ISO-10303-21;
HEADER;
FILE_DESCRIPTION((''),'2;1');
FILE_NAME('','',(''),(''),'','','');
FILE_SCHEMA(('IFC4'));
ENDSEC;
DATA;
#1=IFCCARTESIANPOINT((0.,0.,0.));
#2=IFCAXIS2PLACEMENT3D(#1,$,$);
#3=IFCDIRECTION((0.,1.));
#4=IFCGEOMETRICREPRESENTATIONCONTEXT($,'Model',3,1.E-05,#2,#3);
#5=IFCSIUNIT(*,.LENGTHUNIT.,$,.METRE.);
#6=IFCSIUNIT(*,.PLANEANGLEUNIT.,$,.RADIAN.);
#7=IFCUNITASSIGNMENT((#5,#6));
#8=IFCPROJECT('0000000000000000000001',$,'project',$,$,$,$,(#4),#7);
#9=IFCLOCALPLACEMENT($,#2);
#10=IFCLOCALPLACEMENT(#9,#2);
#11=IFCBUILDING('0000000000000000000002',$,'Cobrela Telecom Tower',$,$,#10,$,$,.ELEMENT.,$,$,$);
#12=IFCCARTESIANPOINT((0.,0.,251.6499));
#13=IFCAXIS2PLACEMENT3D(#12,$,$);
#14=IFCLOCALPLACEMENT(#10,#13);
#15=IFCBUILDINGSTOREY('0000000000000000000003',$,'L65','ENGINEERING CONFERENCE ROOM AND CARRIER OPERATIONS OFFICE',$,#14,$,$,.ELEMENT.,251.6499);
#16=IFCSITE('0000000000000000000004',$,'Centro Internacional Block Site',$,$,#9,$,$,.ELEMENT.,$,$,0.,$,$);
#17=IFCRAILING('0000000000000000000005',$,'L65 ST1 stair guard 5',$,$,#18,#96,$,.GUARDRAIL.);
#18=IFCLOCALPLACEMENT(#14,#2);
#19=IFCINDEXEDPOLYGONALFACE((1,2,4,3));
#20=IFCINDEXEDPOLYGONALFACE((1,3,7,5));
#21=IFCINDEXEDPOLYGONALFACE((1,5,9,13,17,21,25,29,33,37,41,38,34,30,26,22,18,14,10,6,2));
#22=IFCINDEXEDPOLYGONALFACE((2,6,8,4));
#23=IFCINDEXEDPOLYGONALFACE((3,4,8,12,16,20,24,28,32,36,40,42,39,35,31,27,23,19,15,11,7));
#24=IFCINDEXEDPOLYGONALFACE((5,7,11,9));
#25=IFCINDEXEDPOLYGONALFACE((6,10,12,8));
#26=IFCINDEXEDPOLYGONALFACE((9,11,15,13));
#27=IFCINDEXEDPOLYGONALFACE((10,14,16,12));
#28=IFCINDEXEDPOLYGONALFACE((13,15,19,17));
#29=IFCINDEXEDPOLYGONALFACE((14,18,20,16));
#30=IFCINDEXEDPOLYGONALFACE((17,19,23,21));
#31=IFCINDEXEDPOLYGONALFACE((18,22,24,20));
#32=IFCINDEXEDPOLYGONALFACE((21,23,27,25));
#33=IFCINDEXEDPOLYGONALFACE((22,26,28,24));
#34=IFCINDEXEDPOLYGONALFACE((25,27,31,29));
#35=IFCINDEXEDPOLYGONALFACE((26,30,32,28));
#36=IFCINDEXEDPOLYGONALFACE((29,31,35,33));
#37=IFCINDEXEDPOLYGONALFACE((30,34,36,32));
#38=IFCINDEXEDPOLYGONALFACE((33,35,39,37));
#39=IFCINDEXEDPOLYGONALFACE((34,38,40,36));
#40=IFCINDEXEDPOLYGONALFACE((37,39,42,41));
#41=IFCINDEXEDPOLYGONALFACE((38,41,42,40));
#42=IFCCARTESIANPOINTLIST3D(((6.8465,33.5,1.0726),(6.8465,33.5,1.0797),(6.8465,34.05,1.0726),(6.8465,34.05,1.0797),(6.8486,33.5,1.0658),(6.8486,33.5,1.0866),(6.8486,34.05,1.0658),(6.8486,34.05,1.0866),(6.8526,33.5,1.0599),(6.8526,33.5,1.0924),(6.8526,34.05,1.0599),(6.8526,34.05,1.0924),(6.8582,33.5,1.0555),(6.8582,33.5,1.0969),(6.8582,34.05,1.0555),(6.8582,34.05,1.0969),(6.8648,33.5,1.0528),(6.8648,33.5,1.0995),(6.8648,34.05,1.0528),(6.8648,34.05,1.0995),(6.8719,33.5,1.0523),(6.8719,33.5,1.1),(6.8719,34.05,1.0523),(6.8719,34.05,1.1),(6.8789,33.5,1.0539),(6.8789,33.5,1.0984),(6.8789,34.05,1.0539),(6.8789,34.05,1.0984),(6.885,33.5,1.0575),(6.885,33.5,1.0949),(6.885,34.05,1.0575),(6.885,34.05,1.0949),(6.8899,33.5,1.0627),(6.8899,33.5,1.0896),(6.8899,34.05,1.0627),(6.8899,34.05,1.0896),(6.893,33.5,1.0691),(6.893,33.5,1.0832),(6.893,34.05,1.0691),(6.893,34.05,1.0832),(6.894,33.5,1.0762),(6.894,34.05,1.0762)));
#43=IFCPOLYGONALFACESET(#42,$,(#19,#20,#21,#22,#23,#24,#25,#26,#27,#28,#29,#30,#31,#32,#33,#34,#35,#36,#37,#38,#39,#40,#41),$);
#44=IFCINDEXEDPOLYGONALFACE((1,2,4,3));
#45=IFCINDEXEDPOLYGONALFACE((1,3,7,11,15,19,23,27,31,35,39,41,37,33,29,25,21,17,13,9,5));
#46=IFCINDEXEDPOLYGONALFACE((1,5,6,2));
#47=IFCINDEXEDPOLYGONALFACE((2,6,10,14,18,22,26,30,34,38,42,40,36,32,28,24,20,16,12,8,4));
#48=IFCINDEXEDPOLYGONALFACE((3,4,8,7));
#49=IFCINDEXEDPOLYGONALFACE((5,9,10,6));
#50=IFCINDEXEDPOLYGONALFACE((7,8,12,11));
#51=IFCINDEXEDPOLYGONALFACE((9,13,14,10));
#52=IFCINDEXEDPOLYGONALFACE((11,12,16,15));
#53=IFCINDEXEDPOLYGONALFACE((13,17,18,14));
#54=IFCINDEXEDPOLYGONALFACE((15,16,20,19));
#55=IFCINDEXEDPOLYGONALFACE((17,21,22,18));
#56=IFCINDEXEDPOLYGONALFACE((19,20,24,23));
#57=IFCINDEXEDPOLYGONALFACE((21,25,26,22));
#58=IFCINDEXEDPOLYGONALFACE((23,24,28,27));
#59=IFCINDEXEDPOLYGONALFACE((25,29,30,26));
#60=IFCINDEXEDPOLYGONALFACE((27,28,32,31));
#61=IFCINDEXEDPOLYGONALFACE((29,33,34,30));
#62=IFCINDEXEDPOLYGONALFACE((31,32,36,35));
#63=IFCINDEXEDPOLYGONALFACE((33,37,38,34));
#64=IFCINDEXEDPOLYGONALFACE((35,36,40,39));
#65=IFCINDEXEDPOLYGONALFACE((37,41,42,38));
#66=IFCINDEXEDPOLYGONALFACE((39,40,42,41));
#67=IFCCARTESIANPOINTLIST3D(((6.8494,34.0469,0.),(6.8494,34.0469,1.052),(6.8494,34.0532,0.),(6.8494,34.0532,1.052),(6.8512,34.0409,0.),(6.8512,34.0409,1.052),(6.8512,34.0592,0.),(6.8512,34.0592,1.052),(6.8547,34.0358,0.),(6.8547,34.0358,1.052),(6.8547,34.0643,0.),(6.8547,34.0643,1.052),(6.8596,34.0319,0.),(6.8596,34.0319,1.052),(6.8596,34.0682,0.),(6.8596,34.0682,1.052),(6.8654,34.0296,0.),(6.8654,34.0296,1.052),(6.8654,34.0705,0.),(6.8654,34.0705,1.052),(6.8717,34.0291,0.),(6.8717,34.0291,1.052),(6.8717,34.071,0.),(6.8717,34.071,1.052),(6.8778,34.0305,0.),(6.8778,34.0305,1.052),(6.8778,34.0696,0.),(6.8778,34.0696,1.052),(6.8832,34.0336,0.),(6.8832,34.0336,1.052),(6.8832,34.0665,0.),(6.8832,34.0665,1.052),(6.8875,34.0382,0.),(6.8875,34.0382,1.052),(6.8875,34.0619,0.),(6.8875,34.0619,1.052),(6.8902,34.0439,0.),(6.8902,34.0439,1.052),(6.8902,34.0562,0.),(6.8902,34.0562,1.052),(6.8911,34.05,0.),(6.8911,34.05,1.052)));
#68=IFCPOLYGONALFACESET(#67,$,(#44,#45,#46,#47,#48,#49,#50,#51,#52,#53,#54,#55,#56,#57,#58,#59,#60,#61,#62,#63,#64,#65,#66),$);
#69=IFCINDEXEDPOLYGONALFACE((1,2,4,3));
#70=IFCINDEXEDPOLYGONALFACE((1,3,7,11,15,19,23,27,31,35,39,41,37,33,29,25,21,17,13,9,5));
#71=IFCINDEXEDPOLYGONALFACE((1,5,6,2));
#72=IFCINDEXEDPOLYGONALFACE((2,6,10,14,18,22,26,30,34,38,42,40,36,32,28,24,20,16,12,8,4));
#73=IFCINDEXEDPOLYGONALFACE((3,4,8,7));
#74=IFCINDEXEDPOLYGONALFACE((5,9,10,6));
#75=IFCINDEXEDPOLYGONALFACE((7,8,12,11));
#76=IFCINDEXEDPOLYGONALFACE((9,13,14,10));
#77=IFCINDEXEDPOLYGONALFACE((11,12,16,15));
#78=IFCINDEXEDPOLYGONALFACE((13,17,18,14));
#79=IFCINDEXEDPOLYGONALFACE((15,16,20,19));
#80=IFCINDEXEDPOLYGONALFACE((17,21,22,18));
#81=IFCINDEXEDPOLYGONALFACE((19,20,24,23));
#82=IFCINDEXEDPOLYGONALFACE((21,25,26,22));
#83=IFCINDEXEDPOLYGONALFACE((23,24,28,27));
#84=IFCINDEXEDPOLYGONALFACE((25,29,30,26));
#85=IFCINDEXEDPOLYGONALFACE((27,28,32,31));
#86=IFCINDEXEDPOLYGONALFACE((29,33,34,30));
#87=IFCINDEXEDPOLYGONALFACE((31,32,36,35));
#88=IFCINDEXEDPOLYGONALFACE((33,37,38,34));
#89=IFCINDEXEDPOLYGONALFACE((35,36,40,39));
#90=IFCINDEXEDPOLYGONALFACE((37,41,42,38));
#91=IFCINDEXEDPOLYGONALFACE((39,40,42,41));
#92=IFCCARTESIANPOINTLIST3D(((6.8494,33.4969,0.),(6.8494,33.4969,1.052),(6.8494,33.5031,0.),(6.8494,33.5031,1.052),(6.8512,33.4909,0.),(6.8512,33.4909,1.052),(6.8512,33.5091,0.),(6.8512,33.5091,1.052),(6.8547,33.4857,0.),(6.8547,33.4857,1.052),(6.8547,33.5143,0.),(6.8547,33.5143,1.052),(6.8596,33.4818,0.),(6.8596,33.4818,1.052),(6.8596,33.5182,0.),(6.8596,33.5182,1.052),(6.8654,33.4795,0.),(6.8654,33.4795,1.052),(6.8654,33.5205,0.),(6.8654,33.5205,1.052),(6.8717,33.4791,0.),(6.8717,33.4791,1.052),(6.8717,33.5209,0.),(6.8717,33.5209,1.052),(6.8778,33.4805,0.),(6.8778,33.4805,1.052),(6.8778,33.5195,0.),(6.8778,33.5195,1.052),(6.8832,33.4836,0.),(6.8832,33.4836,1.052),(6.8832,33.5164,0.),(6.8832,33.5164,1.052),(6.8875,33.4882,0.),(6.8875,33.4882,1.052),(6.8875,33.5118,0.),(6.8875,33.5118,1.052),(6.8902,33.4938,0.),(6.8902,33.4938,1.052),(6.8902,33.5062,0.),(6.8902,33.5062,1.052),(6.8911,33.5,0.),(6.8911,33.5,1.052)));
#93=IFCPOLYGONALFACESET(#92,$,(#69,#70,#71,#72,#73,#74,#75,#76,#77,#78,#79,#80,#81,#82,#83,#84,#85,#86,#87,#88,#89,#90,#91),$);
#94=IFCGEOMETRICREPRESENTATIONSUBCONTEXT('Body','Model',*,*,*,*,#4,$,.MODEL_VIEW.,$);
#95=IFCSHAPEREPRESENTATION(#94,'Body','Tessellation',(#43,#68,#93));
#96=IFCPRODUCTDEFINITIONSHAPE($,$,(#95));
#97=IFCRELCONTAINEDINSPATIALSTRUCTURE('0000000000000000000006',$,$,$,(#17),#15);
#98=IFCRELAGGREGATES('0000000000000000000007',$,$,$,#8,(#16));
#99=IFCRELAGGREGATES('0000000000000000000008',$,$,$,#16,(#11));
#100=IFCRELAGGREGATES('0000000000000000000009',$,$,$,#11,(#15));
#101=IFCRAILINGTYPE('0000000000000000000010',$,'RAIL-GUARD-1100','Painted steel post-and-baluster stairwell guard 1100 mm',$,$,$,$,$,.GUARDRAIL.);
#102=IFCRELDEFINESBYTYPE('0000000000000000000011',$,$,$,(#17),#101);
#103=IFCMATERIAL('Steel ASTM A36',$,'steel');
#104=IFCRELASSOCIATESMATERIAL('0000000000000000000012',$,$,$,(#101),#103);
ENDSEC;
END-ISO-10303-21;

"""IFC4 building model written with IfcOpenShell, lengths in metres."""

from ifc_helpers import new_model, si_unit, direction, frame, origin, origin_2d, place, context, subcontext, project, spatial, circle, extrude, material, type_object, element, save


model = new_model("IFC4")

# Units and contexts
model_context = context("Model", 3, precision=1e-05, world=origin(), true_north=direction((0.0, 1.0)))
body_context = subcontext(model_context, "Body", "Model", "MODEL_VIEW")
ifc_project = project(units=[si_unit("LENGTHUNIT", "METRE"), si_unit("PLANEANGLEUNIT", "RADIAN")], contexts=[model_context])

# Site, building, storey
site_placement = place(None, origin())
site = spatial("IfcSite", under=ifc_project, at=site_placement, Name="Centro Internacional Block Site", CompositionType="ELEMENT", RefElevation=0.0)
building_placement = place(site_placement, origin())
building = spatial("IfcBuilding", under=site, at=building_placement, Name="Cobrela Telecom Tower", CompositionType="ELEMENT")
storey_placement = place(building_placement, frame((0.0, 0.0, 251.6499)))
storey = spatial("IfcBuildingStorey", under=building, at=storey_placement, Name="L65", Description="ENGINEERING CONFERENCE ROOM AND CARRIER OPERATIONS OFFICE", CompositionType="ELEMENT", Elevation=251.6499)

# Shared definitions
ifc_material_1 = material(Name="Steel ASTM A36", Category="steel")

# Railing
railing_type_1 = type_object("IfcRailingType", Name="RAIL-GUARD-1100", Description="Painted steel post-and-baluster stairwell guard 1100 mm", PredefinedType="GUARDRAIL", material=ifc_material_1)
railing_1_placement = place(storey_placement, frame((6.8701, 34.05, 0.0)))
element("IfcRailing", 1, at=railing_1_placement, inside=storey, type_object=railing_type_1, Name="L65 ST1 stair guard 5", PredefinedType="GUARDRAIL", context=body_context, shape_type="SweptSolid", body=[
    extrude(circle(Radius=0.0239, at=origin_2d()), frame((0.0, 0.0, 1.0762), z_axis=(0.0, -1.0, 0.0), x_axis=(1.0, 0.0, 0.0)), (0.0, 0.0, 1.0), 0.55),
    extrude(circle(Radius=0.021, at=origin_2d()), origin(), (0.0, 0.0, 1.0), 1.052),
    extrude(circle(Radius=0.021, at=origin_2d()), frame((0.0, -0.55, 0.0)), (0.0, 0.0, 1.0), 1.052),
])

save(model, "model.ifc")
